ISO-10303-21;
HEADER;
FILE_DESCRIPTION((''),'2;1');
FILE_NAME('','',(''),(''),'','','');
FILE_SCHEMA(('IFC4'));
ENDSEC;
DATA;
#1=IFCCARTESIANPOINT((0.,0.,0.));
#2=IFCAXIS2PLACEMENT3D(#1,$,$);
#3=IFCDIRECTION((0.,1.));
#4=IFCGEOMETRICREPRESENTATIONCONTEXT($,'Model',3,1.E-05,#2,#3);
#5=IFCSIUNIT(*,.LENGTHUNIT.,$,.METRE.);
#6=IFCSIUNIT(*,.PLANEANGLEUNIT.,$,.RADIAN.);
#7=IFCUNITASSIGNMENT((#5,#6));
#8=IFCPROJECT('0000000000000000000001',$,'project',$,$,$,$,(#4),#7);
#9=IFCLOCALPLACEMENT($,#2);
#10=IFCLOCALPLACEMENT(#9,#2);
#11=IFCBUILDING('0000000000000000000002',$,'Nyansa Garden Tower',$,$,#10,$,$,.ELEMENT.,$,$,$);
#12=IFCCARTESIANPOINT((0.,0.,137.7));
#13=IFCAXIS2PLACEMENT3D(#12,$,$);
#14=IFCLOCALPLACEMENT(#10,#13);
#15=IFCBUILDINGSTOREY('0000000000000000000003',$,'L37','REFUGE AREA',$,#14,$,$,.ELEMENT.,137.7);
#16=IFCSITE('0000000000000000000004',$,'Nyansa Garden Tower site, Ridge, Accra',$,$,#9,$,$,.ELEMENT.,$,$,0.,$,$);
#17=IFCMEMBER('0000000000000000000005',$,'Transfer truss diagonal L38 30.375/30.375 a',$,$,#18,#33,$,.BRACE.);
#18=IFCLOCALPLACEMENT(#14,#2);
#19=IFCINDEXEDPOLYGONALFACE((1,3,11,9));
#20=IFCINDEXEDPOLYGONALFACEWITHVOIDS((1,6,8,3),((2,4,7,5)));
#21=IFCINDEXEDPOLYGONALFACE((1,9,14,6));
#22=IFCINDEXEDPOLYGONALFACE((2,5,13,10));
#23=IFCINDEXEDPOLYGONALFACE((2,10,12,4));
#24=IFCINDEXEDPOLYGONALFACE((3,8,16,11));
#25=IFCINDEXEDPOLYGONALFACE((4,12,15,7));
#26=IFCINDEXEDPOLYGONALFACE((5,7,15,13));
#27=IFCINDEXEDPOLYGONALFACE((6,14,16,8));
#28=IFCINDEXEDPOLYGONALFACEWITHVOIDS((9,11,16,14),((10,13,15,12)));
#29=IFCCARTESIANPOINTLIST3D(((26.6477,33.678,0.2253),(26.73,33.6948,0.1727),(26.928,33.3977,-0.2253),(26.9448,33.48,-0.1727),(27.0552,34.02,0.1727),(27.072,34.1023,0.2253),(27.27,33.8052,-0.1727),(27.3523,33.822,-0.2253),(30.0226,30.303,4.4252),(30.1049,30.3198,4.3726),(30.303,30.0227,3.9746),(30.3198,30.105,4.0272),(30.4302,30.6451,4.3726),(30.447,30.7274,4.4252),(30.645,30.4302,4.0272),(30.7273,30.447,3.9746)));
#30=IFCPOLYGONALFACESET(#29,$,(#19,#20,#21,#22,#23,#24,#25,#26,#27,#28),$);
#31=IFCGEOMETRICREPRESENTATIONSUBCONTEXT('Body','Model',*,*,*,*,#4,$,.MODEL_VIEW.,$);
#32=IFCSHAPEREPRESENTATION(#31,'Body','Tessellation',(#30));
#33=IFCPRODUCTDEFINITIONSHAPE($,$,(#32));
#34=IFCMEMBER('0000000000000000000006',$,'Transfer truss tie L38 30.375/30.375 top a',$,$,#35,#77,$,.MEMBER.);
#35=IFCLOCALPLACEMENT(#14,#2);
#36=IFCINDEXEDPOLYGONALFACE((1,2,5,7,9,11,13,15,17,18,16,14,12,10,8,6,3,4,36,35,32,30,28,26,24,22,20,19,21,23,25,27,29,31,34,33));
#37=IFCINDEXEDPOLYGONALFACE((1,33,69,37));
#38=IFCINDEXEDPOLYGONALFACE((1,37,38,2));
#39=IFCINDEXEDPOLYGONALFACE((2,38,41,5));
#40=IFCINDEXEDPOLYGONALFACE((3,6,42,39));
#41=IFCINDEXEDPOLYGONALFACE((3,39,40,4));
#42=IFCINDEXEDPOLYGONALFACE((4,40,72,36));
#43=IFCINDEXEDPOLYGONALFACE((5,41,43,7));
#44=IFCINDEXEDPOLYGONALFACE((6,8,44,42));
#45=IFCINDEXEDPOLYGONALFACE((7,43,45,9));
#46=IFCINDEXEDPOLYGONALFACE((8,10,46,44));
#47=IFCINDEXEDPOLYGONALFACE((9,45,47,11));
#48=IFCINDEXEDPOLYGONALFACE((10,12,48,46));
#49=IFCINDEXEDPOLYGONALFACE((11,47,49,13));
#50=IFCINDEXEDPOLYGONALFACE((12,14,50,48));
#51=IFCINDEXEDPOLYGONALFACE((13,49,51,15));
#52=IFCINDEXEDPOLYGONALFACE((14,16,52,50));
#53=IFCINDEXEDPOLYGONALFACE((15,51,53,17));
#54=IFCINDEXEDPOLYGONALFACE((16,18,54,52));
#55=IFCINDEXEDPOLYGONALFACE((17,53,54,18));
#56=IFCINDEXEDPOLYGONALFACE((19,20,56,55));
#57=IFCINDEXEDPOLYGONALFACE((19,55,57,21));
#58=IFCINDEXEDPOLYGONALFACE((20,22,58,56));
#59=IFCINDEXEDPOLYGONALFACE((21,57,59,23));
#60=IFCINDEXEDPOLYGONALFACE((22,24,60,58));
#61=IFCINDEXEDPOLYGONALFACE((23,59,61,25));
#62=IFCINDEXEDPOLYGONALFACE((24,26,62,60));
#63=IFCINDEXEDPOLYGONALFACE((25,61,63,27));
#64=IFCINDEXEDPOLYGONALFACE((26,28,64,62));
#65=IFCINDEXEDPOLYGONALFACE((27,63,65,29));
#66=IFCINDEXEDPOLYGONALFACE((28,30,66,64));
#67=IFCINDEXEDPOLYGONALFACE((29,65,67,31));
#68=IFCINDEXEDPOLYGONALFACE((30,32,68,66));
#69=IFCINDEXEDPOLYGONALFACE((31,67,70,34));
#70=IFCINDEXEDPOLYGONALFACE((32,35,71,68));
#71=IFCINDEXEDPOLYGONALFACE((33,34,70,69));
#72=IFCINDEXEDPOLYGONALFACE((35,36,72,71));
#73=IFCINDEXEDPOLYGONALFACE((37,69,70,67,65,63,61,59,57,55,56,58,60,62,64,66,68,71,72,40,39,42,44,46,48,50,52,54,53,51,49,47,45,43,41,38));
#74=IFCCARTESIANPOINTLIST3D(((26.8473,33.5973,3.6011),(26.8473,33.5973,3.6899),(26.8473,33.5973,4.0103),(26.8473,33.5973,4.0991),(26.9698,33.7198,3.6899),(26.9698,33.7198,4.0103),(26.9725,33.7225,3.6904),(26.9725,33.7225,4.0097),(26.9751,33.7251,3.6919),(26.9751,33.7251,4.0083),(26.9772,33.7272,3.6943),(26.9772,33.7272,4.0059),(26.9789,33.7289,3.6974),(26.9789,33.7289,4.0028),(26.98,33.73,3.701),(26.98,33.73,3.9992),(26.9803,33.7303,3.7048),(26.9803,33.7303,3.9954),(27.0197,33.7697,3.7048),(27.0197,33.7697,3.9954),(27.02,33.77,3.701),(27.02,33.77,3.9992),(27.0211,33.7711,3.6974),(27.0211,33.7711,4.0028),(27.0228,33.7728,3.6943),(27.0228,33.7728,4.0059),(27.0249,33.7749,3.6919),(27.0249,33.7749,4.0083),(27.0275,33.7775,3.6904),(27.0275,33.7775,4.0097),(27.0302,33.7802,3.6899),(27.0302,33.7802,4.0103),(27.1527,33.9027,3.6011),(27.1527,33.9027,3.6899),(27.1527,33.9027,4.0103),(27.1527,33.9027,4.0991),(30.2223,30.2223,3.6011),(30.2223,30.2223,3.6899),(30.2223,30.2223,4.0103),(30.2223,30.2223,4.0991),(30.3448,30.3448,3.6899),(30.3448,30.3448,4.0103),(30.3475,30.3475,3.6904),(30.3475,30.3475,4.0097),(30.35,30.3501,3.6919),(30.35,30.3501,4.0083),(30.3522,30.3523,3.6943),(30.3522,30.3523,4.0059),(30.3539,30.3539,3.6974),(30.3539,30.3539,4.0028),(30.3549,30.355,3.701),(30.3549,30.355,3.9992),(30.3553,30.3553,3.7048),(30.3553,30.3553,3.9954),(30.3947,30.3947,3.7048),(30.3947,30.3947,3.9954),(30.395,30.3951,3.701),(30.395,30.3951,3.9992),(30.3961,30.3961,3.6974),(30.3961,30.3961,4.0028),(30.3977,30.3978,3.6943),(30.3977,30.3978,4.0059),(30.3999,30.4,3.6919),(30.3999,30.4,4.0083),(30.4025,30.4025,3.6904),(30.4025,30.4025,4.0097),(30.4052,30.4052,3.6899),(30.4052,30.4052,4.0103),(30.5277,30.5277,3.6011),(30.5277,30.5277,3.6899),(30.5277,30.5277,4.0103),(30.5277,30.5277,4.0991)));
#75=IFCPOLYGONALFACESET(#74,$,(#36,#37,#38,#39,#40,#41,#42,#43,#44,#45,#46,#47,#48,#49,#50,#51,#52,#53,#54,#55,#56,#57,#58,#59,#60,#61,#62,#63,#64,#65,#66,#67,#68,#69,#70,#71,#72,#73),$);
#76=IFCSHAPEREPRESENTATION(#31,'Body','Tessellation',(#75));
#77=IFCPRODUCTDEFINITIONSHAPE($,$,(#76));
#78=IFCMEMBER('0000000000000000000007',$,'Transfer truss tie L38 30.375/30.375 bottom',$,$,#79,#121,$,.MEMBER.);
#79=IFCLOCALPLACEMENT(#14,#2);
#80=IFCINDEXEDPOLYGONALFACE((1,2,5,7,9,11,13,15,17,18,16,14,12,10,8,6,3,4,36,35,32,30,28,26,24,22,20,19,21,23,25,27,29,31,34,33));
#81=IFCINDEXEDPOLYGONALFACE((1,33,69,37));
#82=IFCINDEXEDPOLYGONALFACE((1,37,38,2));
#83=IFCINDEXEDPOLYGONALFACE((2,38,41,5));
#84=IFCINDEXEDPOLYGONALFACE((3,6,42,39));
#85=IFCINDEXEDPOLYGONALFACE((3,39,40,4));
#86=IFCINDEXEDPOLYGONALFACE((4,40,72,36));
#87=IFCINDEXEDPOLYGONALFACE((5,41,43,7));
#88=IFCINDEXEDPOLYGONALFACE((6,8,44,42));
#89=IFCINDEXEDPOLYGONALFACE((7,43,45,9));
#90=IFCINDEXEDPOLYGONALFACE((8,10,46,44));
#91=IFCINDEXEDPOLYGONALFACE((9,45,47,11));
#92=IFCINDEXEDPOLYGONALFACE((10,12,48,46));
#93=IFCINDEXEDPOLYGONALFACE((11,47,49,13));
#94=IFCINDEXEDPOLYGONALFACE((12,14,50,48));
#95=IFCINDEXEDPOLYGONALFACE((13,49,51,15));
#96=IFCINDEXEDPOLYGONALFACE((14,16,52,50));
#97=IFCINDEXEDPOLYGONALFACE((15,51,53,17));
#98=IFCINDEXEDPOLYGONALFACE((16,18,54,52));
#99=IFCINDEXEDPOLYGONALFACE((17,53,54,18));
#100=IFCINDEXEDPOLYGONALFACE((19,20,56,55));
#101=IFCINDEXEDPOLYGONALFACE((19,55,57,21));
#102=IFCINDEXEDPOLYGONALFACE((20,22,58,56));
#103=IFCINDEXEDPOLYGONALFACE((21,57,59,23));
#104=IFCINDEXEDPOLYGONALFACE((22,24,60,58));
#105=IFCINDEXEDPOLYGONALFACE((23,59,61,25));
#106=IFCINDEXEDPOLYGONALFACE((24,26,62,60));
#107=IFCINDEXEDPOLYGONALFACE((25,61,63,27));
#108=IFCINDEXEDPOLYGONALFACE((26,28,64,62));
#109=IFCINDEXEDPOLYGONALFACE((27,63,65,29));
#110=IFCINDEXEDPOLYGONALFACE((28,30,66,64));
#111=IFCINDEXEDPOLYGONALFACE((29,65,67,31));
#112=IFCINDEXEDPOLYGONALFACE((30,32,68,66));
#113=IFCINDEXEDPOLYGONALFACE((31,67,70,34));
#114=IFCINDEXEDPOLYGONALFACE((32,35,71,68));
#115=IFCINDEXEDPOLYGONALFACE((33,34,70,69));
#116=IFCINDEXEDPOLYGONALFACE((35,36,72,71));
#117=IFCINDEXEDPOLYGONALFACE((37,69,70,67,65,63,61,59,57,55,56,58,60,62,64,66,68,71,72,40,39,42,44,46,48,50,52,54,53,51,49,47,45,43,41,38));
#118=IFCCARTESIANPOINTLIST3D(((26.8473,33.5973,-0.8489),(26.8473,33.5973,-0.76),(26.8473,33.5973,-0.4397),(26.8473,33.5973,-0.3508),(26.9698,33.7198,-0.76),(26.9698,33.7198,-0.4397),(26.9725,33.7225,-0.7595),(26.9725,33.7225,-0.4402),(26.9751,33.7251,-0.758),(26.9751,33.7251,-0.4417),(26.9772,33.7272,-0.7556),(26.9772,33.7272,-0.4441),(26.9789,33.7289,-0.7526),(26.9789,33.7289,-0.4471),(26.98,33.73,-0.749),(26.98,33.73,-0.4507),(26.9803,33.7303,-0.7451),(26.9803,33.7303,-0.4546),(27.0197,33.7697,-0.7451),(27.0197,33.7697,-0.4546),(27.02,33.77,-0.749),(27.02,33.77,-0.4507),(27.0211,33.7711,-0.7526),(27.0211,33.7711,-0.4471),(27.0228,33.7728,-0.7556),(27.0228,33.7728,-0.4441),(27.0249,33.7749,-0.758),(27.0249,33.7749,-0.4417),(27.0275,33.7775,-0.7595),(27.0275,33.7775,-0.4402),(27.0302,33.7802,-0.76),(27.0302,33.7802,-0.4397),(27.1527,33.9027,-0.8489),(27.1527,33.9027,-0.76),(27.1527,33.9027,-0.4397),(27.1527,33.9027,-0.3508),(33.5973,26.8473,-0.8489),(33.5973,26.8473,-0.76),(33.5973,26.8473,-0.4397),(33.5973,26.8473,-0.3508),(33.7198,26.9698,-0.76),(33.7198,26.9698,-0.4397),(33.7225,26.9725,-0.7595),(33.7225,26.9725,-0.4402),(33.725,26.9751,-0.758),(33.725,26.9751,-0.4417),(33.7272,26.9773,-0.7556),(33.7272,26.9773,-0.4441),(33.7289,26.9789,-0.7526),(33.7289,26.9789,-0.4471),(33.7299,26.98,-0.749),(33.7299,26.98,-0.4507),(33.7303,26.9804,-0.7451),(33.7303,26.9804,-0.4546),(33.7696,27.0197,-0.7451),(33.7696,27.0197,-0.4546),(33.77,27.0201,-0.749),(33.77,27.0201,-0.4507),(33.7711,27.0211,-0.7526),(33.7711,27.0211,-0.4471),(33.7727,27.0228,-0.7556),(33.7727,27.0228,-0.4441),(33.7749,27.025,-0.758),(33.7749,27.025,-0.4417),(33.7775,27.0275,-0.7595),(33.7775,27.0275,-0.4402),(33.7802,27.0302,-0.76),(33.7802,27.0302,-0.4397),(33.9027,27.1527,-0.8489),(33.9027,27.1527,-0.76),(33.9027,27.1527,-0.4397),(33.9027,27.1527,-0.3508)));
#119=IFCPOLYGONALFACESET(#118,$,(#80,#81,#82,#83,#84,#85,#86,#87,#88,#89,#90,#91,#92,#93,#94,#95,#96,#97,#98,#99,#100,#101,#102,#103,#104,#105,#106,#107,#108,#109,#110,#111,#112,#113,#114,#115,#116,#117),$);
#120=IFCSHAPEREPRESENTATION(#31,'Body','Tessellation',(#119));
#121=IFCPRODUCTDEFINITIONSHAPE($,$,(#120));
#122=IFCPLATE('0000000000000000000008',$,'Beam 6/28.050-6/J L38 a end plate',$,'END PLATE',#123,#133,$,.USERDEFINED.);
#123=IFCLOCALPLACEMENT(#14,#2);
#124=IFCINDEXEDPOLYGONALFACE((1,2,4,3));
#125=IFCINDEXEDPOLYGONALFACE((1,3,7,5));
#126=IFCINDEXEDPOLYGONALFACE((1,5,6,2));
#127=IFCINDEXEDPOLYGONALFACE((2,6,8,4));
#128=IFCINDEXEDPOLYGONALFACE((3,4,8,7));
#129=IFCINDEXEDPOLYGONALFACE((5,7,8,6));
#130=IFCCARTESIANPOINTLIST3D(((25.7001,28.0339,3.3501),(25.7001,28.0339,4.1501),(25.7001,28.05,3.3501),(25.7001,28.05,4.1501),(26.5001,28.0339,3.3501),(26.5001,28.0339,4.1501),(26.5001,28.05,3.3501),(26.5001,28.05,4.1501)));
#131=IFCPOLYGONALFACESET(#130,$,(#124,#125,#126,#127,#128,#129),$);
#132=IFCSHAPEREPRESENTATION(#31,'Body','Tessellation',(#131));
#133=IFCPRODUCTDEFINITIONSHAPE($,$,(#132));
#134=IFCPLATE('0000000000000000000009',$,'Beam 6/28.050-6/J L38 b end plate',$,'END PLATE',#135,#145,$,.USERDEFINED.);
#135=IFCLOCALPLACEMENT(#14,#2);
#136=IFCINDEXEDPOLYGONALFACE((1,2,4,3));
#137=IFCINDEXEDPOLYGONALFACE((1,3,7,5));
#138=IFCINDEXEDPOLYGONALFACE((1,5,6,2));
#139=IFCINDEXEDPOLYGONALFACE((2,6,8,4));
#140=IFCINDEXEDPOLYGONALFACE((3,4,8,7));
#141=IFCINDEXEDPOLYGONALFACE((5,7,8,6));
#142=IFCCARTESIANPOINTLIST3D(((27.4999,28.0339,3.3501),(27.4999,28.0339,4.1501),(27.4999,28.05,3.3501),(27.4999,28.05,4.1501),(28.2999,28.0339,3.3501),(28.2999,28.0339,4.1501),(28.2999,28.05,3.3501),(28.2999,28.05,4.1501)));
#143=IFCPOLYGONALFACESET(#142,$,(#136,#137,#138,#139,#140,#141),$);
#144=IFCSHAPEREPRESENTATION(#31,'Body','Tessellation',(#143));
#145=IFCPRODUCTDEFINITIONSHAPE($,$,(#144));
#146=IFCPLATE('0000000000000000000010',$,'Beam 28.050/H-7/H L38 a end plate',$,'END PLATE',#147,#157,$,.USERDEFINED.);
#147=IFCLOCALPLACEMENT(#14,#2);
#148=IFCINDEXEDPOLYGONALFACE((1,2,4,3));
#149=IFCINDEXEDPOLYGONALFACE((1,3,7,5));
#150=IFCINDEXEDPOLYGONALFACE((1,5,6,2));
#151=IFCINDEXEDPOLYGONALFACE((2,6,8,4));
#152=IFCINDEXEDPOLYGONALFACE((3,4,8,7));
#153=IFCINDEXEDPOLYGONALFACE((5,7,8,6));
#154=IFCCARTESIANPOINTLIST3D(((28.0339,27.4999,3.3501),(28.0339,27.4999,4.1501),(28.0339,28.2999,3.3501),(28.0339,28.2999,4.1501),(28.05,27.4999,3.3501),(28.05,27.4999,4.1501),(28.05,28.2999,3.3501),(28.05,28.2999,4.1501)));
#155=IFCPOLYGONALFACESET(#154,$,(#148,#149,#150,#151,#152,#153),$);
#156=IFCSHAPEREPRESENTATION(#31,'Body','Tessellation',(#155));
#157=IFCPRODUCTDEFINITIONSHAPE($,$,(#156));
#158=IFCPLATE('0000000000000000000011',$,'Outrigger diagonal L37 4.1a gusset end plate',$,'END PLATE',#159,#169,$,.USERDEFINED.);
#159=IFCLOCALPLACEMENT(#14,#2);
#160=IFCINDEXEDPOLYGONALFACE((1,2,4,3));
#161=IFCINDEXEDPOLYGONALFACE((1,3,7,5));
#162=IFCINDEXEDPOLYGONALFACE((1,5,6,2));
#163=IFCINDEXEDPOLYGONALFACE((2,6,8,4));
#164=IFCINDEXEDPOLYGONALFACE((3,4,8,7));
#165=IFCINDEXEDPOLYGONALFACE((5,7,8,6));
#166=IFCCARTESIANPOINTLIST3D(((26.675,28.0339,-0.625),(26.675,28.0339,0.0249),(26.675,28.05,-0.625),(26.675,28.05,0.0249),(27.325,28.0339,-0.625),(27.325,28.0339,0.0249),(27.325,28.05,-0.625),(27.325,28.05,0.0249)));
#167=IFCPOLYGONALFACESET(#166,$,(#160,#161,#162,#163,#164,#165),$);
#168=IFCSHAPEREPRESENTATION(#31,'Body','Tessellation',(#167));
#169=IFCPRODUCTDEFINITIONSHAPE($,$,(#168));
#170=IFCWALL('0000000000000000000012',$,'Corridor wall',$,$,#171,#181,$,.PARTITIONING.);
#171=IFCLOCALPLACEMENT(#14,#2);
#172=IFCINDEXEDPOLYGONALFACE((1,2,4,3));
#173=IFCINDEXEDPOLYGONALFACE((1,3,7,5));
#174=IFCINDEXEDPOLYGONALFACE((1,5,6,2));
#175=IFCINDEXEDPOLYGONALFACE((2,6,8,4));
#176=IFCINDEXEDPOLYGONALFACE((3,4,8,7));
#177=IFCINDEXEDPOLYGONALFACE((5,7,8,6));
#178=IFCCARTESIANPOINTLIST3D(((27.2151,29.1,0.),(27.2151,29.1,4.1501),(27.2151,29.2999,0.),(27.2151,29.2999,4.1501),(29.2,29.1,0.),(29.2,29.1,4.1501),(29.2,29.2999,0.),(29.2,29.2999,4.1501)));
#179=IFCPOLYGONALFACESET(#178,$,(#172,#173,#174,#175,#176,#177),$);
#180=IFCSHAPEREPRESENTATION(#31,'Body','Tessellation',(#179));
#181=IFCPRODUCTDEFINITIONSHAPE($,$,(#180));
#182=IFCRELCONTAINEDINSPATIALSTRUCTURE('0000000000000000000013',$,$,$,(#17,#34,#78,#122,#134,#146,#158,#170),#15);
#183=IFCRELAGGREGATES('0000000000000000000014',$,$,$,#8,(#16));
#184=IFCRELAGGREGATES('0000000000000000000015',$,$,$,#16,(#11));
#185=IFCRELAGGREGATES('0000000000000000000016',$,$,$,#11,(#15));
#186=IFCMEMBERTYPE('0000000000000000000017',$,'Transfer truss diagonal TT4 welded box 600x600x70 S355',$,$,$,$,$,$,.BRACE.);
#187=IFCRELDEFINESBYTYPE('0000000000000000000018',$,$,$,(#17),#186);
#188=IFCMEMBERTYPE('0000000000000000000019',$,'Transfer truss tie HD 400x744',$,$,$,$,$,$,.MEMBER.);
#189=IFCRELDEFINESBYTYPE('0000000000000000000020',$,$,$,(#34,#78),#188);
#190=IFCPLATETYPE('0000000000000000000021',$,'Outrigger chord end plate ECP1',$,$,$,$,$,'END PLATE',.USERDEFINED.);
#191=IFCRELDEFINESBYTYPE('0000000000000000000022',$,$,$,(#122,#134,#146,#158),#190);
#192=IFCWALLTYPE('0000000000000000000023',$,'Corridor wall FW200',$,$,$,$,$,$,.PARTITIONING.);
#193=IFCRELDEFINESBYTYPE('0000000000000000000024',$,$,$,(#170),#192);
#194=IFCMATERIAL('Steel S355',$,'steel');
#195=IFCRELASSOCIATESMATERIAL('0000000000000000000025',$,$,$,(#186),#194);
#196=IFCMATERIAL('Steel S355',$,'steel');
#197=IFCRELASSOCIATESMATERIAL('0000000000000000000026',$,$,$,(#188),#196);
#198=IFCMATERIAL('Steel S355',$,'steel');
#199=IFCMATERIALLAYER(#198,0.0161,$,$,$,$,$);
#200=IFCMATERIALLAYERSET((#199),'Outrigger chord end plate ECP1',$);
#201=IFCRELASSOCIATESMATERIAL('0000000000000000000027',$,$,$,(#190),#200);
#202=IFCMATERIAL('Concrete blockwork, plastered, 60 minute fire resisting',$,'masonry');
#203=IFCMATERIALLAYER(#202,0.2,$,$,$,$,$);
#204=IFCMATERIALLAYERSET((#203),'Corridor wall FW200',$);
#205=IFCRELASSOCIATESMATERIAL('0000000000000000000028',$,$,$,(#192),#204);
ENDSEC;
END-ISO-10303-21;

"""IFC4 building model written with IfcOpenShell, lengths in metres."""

from ifc_helpers import new_model, si_unit, direction, frame, frame_2d, origin, origin_2d, place, context, subcontext, project, spatial, rectangle, hollow_rectangle, i_section, extrude, material, layer, layer_set, material_profile, profile_set, type_object, element, save


model = new_model("IFC4")

# Units and contexts
model_context = context("Model", 3, precision=1e-05, world=origin(), true_north=direction((0.0, 1.0)))
body_context = subcontext(model_context, "Body", "Model", "MODEL_VIEW")
ifc_project = project(units=[si_unit("LENGTHUNIT", "METRE"), si_unit("PLANEANGLEUNIT", "RADIAN")], contexts=[model_context])

# Site, building, storey
site_placement = place(None, origin())
site = spatial("IfcSite", under=ifc_project, at=site_placement, Name="Nyansa Garden Tower site, Ridge, Accra", CompositionType="ELEMENT", RefElevation=0.0)
building_placement = place(site_placement, origin())
building = spatial("IfcBuilding", under=site, at=building_placement, Name="Nyansa Garden Tower", CompositionType="ELEMENT")
storey_placement = place(building_placement, frame((0.0, 0.0, 137.7)))
storey = spatial("IfcBuildingStorey", under=building, at=storey_placement, Name="L37", Description="REFUGE AREA", CompositionType="ELEMENT", Elevation=137.7)

# Members
ifc_material_1 = material(Name="Steel S355", Category="steel")
ifc_material_profile_1 = material_profile(ifc_material_1, hollow_rectangle(XDim=0.6001, YDim=0.6001, WallThickness=0.0701, at=origin_2d()), Name="Welded box 600x600x70")
ifc_profile_set_1 = profile_set([ifc_material_profile_1], Name="Steel S355")
member_type_1 = type_object("IfcMemberType", Name="Transfer truss diagonal TT4 welded box 600x600x70 S355", PredefinedType="BRACE", material=ifc_profile_set_1)
member_1_placement = place(storey_placement, frame((27.0, 33.75, 0.0), z_axis=(0.530849, -0.530849, 0.660605), x_axis=(0.707107, 0.707107, 0.0)))
element("IfcMember", 1, at=member_1_placement, inside=storey, type_object=member_type_1, Name="Transfer truss diagonal L38 30.375/30.375 a", PredefinedType="BRACE", context=body_context, shape_type="SweptSolid", body=[
    extrude(hollow_rectangle(XDim=0.6001, YDim=0.6001, WallThickness=0.0701, at=origin_2d()), origin(), (0.0, 0.0, 1.0), 6.3577),
])
ifc_material_2 = material(Name="Steel S355", Category="steel")
ifc_material_profile_2 = material_profile(ifc_material_2, i_section(OverallWidth=0.4319, OverallDepth=0.498, WebThickness=0.0557, FlangeThickness=0.0889, FilletRadius=0.0149, at=origin_2d()), Name="HD 400x744")
ifc_profile_set_2 = profile_set([ifc_material_profile_2], Name="Steel S355")
member_type_2 = type_object("IfcMemberType", Name="Transfer truss tie HD 400x744", PredefinedType="MEMBER", material=ifc_profile_set_2)
member_2_placement = place(storey_placement, frame((27.0, 33.75, 3.8501), z_axis=(0.707107, -0.707107, 0.0), x_axis=(0.707107, 0.707107, 0.0)))
element("IfcMember", 2, at=member_2_placement, inside=storey, type_object=member_type_2, Name="Transfer truss tie L38 30.375/30.375 top a", PredefinedType="MEMBER", context=body_context, shape_type="SweptSolid", body=[
    extrude(i_section(OverallWidth=0.4319, OverallDepth=0.498, WebThickness=0.0557, FlangeThickness=0.0889, FilletRadius=0.0149, at=origin_2d()), origin(), (0.0, 0.0, 1.0), 4.7729),
])
member_3_placement = place(storey_placement, frame((27.0, 33.75, -0.5999), z_axis=(0.707107, -0.707107, 0.0), x_axis=(0.707107, 0.707107, 0.0)))
element("IfcMember", 3, at=member_3_placement, inside=storey, type_object=member_type_2, Name="Transfer truss tie L38 30.375/30.375 bottom", PredefinedType="MEMBER", context=body_context, shape_type="SweptSolid", body=[
    extrude(i_section(OverallWidth=0.4319, OverallDepth=0.498, WebThickness=0.0557, FlangeThickness=0.0889, FilletRadius=0.0149, at=origin_2d()), origin(), (0.0, 0.0, 1.0), 9.5459),
])

# Plates
ifc_material_3 = material(Name="Steel S355", Category="steel")
ifc_layer_1 = layer(ifc_material_3, 0.0161)
ifc_layer_set_1 = layer_set([ifc_layer_1], Name="Outrigger chord end plate ECP1")
plate_type = type_object("IfcPlateType", Name="Outrigger chord end plate ECP1", ElementType="END PLATE", PredefinedType="USERDEFINED", material=ifc_layer_set_1)
for number, where, z_axis, x_axis, name in (
    (4, (26.1001, 28.042, 3.3501), (0.0, 0.0, 1.0), (1.0, 0.0, 0.0), "Beam 6/28.050-6/J L38 a end plate"),
    (5, (27.8999, 28.042, 3.3501), (0.0, 0.0, 1.0), (1.0, 0.0, 0.0), "Beam 6/28.050-6/J L38 b end plate"),
):
    element("IfcPlate", number, at=place(storey_placement, frame(where, z_axis=z_axis, x_axis=x_axis)), inside=storey, type_object=plate_type, Name=name, ObjectType="END PLATE", PredefinedType="USERDEFINED", context=body_context, shape_type="SweptSolid", body=[
        extrude(rectangle(XDim=0.8, YDim=0.0161, at=origin_2d()), origin(), (0.0, 0.0, 1.0), 0.8),
    ])
plate_1_placement = place(storey_placement, frame((28.042, 27.8999, 3.3501), z_axis=(0.0, 0.0, 1.0), x_axis=(1.0, 0.0, 0.0)))
element("IfcPlate", 6, at=plate_1_placement, inside=storey, type_object=plate_type, Name="Beam 28.050/H-7/H L38 a end plate", ObjectType="END PLATE", PredefinedType="USERDEFINED", context=body_context, shape_type="SweptSolid", body=[
    extrude(rectangle(XDim=0.0161, YDim=0.8, at=origin_2d()), origin(), (0.0, 0.0, 1.0), 0.8),
])
plate_2_placement = place(storey_placement, frame((27.0, 28.042, -0.625), z_axis=(0.0, 0.0, 1.0), x_axis=(1.0, 0.0, 0.0)))
element("IfcPlate", 7, at=plate_2_placement, inside=storey, type_object=plate_type, Name="Outrigger diagonal L37 4.1a gusset end plate", ObjectType="END PLATE", PredefinedType="USERDEFINED", context=body_context, shape_type="SweptSolid", body=[
    extrude(rectangle(XDim=0.6499, YDim=0.0161, at=origin_2d()), origin(), (0.0, 0.0, 1.0), 0.6499),
])

# Wall
ifc_material_4 = material(Name="Concrete blockwork, plastered, 60 minute fire resisting", Category="masonry")
ifc_layer_2 = layer(ifc_material_4, 0.2)
ifc_layer_set_2 = layer_set([ifc_layer_2], Name="Corridor wall FW200")
wall_type = type_object("IfcWallType", Name="Corridor wall FW200", PredefinedType="PARTITIONING", material=ifc_layer_set_2)
wall_placement = place(storey_placement, frame((27.2151, 29.2, 0.0), z_axis=(0.0, 0.0, 1.0), x_axis=(1.0, 0.0, 0.0)))
element("IfcWall", 8, at=wall_placement, inside=storey, type_object=wall_type, Name="Corridor wall", PredefinedType="PARTITIONING", context=body_context, shape_type="SweptSolid", body=[
    extrude(rectangle(XDim=1.9849, YDim=0.2, at=frame_2d((0.9924, 0.0))), origin(), (0.0, 0.0, 1.0), 4.1501),
])

save(model, "model.ifc")
